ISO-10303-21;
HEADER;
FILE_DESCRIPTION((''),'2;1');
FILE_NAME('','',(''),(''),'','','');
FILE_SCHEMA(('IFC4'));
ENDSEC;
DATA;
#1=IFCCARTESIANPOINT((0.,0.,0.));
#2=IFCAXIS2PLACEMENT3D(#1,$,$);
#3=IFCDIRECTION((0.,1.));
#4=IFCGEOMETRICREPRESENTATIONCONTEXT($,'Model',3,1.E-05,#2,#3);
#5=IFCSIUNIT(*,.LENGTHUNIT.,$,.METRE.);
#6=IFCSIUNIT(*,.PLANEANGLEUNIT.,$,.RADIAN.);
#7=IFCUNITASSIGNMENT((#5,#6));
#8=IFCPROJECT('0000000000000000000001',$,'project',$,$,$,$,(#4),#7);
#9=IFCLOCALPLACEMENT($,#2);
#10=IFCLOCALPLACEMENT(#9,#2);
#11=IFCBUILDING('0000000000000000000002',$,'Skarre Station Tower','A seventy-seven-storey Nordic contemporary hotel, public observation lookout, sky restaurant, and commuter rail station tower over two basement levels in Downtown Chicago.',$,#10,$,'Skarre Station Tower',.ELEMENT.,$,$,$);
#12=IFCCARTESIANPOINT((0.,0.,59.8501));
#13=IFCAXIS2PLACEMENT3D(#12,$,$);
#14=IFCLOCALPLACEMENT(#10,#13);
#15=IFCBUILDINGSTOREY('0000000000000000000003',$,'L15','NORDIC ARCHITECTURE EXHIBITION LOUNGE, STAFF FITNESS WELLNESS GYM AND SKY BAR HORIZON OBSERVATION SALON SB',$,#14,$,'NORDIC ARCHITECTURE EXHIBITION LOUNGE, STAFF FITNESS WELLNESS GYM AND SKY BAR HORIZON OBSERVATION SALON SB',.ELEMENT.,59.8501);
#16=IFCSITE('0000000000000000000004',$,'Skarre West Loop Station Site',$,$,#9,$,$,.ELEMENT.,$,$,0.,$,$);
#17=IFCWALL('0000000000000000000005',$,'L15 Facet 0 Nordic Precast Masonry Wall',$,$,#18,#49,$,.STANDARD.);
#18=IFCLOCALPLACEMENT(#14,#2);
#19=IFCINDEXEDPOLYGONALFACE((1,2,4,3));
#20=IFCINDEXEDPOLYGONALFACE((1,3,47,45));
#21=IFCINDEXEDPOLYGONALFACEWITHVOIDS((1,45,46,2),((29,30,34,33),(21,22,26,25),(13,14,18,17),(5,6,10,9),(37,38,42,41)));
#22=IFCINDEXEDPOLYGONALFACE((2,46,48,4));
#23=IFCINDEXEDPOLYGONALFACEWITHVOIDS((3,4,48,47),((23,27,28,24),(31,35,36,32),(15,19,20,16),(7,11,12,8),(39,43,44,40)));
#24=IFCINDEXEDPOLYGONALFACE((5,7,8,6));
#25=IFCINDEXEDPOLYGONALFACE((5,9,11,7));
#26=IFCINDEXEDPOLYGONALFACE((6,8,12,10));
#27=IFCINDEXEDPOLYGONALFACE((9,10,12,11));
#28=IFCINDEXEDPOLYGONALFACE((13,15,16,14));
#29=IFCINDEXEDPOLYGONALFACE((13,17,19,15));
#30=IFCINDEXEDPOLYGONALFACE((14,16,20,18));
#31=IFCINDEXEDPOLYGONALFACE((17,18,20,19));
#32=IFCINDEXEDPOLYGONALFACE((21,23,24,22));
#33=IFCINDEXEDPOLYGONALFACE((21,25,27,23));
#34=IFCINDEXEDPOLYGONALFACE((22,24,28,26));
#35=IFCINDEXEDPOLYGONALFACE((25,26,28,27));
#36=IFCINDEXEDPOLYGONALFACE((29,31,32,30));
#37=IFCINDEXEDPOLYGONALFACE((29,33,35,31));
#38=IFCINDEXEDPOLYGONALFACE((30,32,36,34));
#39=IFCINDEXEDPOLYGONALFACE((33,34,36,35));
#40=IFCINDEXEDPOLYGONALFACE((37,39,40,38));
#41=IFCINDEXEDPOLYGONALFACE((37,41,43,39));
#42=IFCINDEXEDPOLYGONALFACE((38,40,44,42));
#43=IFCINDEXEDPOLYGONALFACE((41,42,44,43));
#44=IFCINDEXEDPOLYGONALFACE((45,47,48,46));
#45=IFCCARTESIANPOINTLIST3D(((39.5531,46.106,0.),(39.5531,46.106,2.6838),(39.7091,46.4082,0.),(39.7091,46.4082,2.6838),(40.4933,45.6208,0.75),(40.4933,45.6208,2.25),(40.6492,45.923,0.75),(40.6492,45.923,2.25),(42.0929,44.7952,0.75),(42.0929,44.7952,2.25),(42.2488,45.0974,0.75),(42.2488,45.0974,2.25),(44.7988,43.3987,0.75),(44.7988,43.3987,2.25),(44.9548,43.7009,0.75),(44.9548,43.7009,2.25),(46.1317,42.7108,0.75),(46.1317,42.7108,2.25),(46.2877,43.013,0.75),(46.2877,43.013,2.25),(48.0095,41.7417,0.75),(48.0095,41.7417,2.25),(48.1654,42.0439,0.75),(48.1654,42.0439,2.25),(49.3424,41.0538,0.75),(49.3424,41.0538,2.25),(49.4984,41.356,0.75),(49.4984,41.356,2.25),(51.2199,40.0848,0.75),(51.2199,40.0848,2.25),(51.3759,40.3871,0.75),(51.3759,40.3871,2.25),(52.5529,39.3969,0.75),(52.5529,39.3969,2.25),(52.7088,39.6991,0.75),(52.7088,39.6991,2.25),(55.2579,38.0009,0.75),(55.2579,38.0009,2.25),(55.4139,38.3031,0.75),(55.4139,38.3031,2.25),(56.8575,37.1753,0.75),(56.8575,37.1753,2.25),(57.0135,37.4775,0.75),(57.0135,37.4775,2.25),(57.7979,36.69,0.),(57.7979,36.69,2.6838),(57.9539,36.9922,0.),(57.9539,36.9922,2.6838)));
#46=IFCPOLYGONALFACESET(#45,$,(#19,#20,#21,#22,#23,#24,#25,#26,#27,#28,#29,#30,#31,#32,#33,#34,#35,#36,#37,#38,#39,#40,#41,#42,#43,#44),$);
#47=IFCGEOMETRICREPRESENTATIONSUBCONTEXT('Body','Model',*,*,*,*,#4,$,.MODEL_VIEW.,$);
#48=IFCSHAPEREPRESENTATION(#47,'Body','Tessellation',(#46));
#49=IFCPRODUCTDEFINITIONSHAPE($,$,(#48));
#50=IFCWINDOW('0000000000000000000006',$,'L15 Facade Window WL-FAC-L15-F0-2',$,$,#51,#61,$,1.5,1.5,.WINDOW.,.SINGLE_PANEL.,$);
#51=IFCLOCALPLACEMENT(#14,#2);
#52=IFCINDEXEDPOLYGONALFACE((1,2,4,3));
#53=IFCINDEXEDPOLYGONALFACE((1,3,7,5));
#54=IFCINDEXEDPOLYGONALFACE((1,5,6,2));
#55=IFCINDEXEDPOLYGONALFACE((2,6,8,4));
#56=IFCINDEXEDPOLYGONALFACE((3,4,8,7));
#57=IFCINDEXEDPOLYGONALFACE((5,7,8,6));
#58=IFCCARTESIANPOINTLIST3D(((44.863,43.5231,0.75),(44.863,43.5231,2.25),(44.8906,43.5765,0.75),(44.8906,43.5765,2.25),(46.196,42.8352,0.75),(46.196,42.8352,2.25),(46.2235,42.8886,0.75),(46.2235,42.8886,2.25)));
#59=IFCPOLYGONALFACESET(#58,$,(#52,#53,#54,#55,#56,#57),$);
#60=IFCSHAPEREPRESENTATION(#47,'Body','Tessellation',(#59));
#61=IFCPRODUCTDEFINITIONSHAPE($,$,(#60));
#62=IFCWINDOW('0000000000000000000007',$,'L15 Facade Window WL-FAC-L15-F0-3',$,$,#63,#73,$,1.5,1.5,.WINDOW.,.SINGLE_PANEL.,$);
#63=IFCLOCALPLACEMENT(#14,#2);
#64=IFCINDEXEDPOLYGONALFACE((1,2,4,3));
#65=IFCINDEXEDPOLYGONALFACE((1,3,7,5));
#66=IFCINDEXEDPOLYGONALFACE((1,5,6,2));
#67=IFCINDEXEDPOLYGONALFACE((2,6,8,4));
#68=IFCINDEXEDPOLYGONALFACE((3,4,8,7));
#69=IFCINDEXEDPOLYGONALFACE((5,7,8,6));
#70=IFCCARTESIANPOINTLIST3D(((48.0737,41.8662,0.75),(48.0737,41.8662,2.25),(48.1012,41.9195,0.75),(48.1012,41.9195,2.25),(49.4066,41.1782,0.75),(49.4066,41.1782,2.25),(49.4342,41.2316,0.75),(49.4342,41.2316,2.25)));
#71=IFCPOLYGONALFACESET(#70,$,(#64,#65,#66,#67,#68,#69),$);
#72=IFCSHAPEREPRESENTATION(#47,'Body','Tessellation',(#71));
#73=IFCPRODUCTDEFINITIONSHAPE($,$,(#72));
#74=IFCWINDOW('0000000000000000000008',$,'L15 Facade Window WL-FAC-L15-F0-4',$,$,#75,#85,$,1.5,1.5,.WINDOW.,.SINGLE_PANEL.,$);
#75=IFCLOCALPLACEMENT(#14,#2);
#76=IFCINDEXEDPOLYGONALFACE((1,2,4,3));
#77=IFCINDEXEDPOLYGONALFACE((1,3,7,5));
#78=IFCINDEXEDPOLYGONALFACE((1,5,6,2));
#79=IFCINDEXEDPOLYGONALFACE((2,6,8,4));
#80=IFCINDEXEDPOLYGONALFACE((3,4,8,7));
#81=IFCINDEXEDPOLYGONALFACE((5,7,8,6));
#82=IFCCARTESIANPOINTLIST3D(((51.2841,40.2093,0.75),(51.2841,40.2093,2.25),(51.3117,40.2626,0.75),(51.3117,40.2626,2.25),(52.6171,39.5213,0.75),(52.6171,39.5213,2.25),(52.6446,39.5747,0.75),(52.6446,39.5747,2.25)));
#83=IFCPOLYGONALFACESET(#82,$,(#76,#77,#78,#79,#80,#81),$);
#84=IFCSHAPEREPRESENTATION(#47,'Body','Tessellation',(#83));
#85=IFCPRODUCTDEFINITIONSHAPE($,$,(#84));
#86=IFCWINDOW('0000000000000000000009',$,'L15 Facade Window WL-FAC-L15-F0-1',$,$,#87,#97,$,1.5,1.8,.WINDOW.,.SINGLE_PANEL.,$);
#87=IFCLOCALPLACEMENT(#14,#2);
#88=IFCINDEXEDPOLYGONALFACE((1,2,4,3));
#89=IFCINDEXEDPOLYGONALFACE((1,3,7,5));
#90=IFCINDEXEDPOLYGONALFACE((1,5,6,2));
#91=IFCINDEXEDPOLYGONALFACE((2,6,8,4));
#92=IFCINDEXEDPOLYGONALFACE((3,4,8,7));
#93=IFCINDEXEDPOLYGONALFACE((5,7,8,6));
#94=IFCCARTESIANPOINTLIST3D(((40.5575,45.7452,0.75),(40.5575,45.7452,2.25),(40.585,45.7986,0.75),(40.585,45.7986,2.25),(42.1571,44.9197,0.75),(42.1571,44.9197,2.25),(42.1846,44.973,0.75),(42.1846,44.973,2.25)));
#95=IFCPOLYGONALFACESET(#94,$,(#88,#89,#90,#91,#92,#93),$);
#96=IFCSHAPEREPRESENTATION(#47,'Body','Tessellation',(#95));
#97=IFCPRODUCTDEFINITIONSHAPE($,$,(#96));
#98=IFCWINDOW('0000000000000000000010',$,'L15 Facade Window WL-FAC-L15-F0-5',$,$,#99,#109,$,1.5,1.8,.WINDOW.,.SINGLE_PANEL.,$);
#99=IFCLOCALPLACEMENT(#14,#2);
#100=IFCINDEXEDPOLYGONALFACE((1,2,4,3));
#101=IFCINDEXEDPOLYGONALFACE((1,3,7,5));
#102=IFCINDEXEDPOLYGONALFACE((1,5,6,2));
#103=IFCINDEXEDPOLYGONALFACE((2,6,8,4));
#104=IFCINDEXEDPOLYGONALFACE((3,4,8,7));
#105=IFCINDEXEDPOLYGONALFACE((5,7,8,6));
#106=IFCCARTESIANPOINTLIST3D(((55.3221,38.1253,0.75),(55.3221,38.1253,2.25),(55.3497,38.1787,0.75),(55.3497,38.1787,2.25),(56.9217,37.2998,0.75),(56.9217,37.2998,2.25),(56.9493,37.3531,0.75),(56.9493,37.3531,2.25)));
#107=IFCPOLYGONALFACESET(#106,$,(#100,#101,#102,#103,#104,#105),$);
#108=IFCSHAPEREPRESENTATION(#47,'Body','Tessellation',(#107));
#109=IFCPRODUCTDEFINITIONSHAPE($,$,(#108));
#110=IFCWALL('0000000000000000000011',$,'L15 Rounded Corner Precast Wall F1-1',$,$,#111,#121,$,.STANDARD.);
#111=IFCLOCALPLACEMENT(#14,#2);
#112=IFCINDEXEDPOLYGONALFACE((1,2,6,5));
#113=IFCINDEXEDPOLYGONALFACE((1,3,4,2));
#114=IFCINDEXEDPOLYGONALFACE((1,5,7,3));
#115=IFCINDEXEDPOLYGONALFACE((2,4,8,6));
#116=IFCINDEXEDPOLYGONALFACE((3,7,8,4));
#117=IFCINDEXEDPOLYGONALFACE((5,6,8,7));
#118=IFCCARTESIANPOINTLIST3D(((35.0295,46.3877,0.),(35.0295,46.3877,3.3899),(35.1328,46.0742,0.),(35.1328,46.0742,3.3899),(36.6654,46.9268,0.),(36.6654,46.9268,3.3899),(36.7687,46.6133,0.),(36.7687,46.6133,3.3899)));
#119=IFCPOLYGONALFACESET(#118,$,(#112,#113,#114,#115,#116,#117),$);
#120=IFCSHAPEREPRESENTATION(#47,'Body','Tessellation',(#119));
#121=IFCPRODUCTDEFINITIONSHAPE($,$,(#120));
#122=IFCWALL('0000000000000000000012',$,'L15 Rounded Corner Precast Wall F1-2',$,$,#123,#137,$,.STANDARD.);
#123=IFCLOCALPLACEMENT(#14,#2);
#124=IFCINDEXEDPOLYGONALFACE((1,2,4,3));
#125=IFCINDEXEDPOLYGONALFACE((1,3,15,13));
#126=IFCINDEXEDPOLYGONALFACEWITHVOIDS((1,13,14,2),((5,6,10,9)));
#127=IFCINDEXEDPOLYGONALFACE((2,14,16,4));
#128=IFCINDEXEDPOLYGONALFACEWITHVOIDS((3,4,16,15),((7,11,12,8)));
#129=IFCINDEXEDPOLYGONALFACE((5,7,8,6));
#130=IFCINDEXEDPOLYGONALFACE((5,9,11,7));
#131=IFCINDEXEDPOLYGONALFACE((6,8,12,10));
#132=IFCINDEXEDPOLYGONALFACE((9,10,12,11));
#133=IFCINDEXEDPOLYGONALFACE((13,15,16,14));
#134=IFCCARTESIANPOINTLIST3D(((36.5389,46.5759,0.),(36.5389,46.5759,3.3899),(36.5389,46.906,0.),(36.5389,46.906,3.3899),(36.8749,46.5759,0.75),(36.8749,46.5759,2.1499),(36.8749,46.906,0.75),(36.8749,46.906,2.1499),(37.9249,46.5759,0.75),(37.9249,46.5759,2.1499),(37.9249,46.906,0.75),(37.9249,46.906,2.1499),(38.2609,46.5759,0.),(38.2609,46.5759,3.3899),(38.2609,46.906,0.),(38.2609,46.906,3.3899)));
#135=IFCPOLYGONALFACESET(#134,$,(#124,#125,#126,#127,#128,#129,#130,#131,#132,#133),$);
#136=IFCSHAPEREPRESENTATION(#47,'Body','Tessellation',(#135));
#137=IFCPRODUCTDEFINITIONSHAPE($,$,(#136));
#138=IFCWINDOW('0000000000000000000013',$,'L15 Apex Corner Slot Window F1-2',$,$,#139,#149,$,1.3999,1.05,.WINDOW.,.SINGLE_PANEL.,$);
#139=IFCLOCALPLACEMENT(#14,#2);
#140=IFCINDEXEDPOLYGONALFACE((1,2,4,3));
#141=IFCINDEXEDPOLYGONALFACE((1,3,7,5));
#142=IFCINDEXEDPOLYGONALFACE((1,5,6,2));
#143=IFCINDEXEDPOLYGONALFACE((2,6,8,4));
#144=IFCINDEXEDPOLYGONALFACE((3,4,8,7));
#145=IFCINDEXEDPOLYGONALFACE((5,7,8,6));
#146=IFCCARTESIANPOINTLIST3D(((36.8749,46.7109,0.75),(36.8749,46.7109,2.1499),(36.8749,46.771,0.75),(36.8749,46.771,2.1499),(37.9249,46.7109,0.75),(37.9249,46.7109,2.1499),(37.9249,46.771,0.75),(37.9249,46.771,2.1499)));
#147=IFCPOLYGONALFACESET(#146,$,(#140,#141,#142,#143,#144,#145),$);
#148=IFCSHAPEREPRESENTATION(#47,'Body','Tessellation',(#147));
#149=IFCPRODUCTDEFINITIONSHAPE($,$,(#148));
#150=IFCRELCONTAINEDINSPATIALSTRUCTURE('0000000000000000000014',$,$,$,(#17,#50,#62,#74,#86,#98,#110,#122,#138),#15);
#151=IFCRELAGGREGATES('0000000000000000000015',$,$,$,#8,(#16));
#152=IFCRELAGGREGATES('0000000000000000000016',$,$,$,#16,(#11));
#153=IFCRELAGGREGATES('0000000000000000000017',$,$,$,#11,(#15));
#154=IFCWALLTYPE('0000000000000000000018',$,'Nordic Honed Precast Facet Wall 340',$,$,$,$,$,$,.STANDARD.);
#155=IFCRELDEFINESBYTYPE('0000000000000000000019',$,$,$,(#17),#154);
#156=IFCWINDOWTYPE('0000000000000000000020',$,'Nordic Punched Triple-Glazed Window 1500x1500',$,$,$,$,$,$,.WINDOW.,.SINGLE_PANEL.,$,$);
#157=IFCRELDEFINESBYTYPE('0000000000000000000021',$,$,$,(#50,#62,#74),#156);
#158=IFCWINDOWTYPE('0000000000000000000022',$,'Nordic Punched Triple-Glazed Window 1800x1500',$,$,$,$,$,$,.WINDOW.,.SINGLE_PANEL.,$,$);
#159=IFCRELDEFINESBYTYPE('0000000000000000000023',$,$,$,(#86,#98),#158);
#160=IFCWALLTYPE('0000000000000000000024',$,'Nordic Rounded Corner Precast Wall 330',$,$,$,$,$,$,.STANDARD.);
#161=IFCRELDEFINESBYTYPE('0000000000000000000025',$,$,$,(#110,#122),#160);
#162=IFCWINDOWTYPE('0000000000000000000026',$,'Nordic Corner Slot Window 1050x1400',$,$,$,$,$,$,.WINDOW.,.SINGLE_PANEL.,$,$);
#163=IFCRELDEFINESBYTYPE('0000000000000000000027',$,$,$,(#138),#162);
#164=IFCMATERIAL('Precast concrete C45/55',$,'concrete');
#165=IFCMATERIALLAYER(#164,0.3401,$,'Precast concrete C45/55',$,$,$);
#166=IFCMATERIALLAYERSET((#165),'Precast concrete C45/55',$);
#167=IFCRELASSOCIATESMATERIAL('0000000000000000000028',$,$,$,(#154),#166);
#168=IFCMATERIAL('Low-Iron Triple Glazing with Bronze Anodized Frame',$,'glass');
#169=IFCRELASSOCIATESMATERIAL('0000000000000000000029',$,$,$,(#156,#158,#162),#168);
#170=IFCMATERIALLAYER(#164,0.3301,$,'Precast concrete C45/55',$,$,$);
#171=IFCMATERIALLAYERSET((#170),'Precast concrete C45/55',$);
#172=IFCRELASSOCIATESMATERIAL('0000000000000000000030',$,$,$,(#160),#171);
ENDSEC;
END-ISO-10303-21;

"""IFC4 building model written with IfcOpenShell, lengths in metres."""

from ifc_helpers import new_model, si_unit, direction, frame, frame_2d, origin, place, context, subcontext, project, spatial, rectangle, extrude, material, layer, layer_set, type_object, element, fill, save


model = new_model("IFC4")

# Units and contexts
model_context = context("Model", 3, precision=1e-05, world=origin(), true_north=direction((0.0, 1.0)))
body_context = subcontext(model_context, "Body", "Model", "MODEL_VIEW")
ifc_project = project(units=[si_unit("LENGTHUNIT", "METRE"), si_unit("PLANEANGLEUNIT", "RADIAN")], contexts=[model_context])

# Site, building, storey
site_placement = place(None, origin())
site = spatial("IfcSite", under=ifc_project, at=site_placement, Name="Skarre West Loop Station Site", CompositionType="ELEMENT", RefElevation=0.0)
building_placement = place(site_placement, origin())
building = spatial("IfcBuilding", under=site, at=building_placement, Name="Skarre Station Tower", Description="A seventy-seven-storey Nordic contemporary hotel, public observation lookout, sky restaurant, and commuter rail station tower over two basement levels in Downtown Chicago.", LongName="Skarre Station Tower", CompositionType="ELEMENT")
storey_placement = place(building_placement, frame((0.0, 0.0, 59.8501)))
storey = spatial("IfcBuildingStorey", under=building, at=storey_placement, Name="L15", Description="NORDIC ARCHITECTURE EXHIBITION LOUNGE, STAFF FITNESS WELLNESS GYM AND SKY BAR HORIZON OBSERVATION SALON SB", LongName="NORDIC ARCHITECTURE EXHIBITION LOUNGE, STAFF FITNESS WELLNESS GYM AND SKY BAR HORIZON OBSERVATION SALON SB", CompositionType="ELEMENT", Elevation=59.8501)

# Wall, openings, windows
ifc_material_1 = material(Name="Precast concrete C45/55", Category="concrete")
ifc_layer_1 = layer(ifc_material_1, 0.3401, Name="Precast concrete C45/55")
ifc_layer_set_1 = layer_set([ifc_layer_1], Name="Precast concrete C45/55")
wall_type_1 = type_object("IfcWallType", Name="Nordic Honed Precast Facet Wall 340", PredefinedType="STANDARD", material=ifc_layer_set_1)
wall_1_placement = place(storey_placement, frame((39.6311, 46.2571, 0.0), z_axis=(0.0, 0.0, 1.0), x_axis=(0.888634, -0.458616, 0.0)))
wall_1 = element("IfcWall", 1, at=wall_1_placement, inside=storey, type_object=wall_type_1, Name="L15 Facet 0 Nordic Precast Masonry Wall", PredefinedType="STANDARD", context=body_context, shape_type="SweptSolid", body=[
    extrude(rectangle(XDim=20.5312, YDim=0.3401, at=frame_2d((10.2656, 0.0))), origin(), (0.0, 0.0, 1.0), 2.6838),
])
opening_1_placement = place(wall_1_placement, frame((1.0581, 0.0, 0.75)))
opening_1 = element("IfcOpeningElement", 2, at=opening_1_placement, cuts=wall_1, PredefinedType="OPENING", context=body_context, shape_type="SweptSolid", body=[
    extrude(rectangle(XDim=1.8, YDim=1.5, at=frame_2d((0.8999, 0.75))), frame((0.0, 0.1799, 0.0), z_axis=(0.0, -1.0, 0.0), x_axis=(1.0, 0.0, 0.0)), (0.0, 0.0, 1.0), 0.3601),
])
opening_2_placement = place(wall_1_placement, frame((5.9031, 0.0, 0.75)))
opening_2 = element("IfcOpeningElement", 3, at=opening_2_placement, cuts=wall_1, PredefinedType="OPENING", context=body_context, shape_type="SweptSolid", body=[
    extrude(rectangle(XDim=1.5, YDim=1.5, at=frame_2d((0.75, 0.75))), frame((0.0, 0.1799, 0.0), z_axis=(0.0, -1.0, 0.0), x_axis=(1.0, 0.0, 0.0)), (0.0, 0.0, 1.0), 0.3601),
])
opening_3_placement = place(wall_1_placement, frame((9.5161, 0.0, 0.75)))
opening_3 = element("IfcOpeningElement", 4, at=opening_3_placement, cuts=wall_1, PredefinedType="OPENING", context=body_context, shape_type="SweptSolid", body=[
    extrude(rectangle(XDim=1.5, YDim=1.5, at=frame_2d((0.75, 0.75))), frame((0.0, 0.1799, 0.0), z_axis=(0.0, -1.0, 0.0), x_axis=(1.0, 0.0, 0.0)), (0.0, 0.0, 1.0), 0.3601),
])
opening_4_placement = place(wall_1_placement, frame((13.1289, 0.0, 0.75)))
opening_4 = element("IfcOpeningElement", 5, at=opening_4_placement, cuts=wall_1, PredefinedType="OPENING", context=body_context, shape_type="SweptSolid", body=[
    extrude(rectangle(XDim=1.5, YDim=1.5, at=frame_2d((0.75, 0.75))), frame((0.0, 0.1799, 0.0), z_axis=(0.0, -1.0, 0.0), x_axis=(1.0, 0.0, 0.0)), (0.0, 0.0, 1.0), 0.3601),
])
opening_5_placement = place(wall_1_placement, frame((17.6731, 0.0, 0.75)))
opening_5 = element("IfcOpeningElement", 6, at=opening_5_placement, cuts=wall_1, PredefinedType="OPENING", context=body_context, shape_type="SweptSolid", body=[
    extrude(rectangle(XDim=1.8, YDim=1.5, at=frame_2d((0.8999, 0.75))), frame((0.0, 0.1799, 0.0), z_axis=(0.0, -1.0, 0.0), x_axis=(1.0, 0.0, 0.0)), (0.0, 0.0, 1.0), 0.3601),
])
ifc_material_2 = material(Name="Low-Iron Triple Glazing with Bronze Anodized Frame", Category="glass")
window_type_1 = type_object("IfcWindowType", Name="Nordic Punched Triple-Glazed Window 1500x1500", PartitioningType="SINGLE_PANEL", PredefinedType="WINDOW", material=ifc_material_2)
window_1_placement = place(opening_2_placement, origin())
window_1 = element("IfcWindow", 7, at=window_1_placement, inside=storey, type_object=window_type_1, Name="L15 Facade Window WL-FAC-L15-F0-2", OverallHeight=1.5, OverallWidth=1.5, PartitioningType="SINGLE_PANEL", PredefinedType="WINDOW", context=body_context, shape_type="SweptSolid", body=[
    extrude(rectangle(XDim=1.5, YDim=1.5, at=frame_2d((0.75, 0.75))), frame((0.0, 0.03, 0.0), z_axis=(0.0, -1.0, 0.0), x_axis=(1.0, 0.0, 0.0)), (0.0, 0.0, 1.0), 0.0601),
])
fill(opening_2, window_1)
window_2_placement = place(opening_3_placement, origin())
window_2 = element("IfcWindow", 8, at=window_2_placement, inside=storey, type_object=window_type_1, Name="L15 Facade Window WL-FAC-L15-F0-3", OverallHeight=1.5, OverallWidth=1.5, PartitioningType="SINGLE_PANEL", PredefinedType="WINDOW", context=body_context, shape_type="SweptSolid", body=[
    extrude(rectangle(XDim=1.5, YDim=1.5, at=frame_2d((0.75, 0.75))), frame((0.0, 0.03, 0.0), z_axis=(0.0, -1.0, 0.0), x_axis=(1.0, 0.0, 0.0)), (0.0, 0.0, 1.0), 0.0601),
])
fill(opening_3, window_2)
window_3_placement = place(opening_4_placement, origin())
window_3 = element("IfcWindow", 9, at=window_3_placement, inside=storey, type_object=window_type_1, Name="L15 Facade Window WL-FAC-L15-F0-4", OverallHeight=1.5, OverallWidth=1.5, PartitioningType="SINGLE_PANEL", PredefinedType="WINDOW", context=body_context, shape_type="SweptSolid", body=[
    extrude(rectangle(XDim=1.5, YDim=1.5, at=frame_2d((0.75, 0.75))), frame((0.0, 0.03, 0.0), z_axis=(0.0, -1.0, 0.0), x_axis=(1.0, 0.0, 0.0)), (0.0, 0.0, 1.0), 0.0601),
])
fill(opening_4, window_3)
window_type_2 = type_object("IfcWindowType", Name="Nordic Punched Triple-Glazed Window 1800x1500", PartitioningType="SINGLE_PANEL", PredefinedType="WINDOW", material=ifc_material_2)
window_4_placement = place(opening_1_placement, origin())
window_4 = element("IfcWindow", 10, at=window_4_placement, inside=storey, type_object=window_type_2, Name="L15 Facade Window WL-FAC-L15-F0-1", OverallHeight=1.5, OverallWidth=1.8, PartitioningType="SINGLE_PANEL", PredefinedType="WINDOW", context=body_context, shape_type="SweptSolid", body=[
    extrude(rectangle(XDim=1.8, YDim=1.5, at=frame_2d((0.8999, 0.75))), frame((0.0, 0.03, 0.0), z_axis=(0.0, -1.0, 0.0), x_axis=(1.0, 0.0, 0.0)), (0.0, 0.0, 1.0), 0.0601),
])
fill(opening_1, window_4)
window_5_placement = place(opening_5_placement, origin())
window_5 = element("IfcWindow", 11, at=window_5_placement, inside=storey, type_object=window_type_2, Name="L15 Facade Window WL-FAC-L15-F0-5", OverallHeight=1.5, OverallWidth=1.8, PartitioningType="SINGLE_PANEL", PredefinedType="WINDOW", context=body_context, shape_type="SweptSolid", body=[
    extrude(rectangle(XDim=1.8, YDim=1.5, at=frame_2d((0.8999, 0.75))), frame((0.0, 0.03, 0.0), z_axis=(0.0, -1.0, 0.0), x_axis=(1.0, 0.0, 0.0)), (0.0, 0.0, 1.0), 0.0601),
])
fill(opening_5, window_5)

# Wall
ifc_layer_2 = layer(ifc_material_1, 0.3301, Name="Precast concrete C45/55")
ifc_layer_set_2 = layer_set([ifc_layer_2], Name="Precast concrete C45/55")
wall_type_2 = type_object("IfcWallType", Name="Nordic Rounded Corner Precast Wall 330", PredefinedType="STANDARD", material=ifc_layer_set_2)
wall_2_placement = place(storey_placement, frame((35.0811, 46.231, 0.0), z_axis=(0.0, 0.0, 1.0), x_axis=(0.949769, 0.312952, 0.0)))
element("IfcWall", 12, at=wall_2_placement, inside=storey, type_object=wall_type_2, Name="L15 Rounded Corner Precast Wall F1-1", PredefinedType="STANDARD", context=body_context, shape_type="SweptSolid", body=[
    extrude(rectangle(XDim=1.7224, YDim=0.3301, at=frame_2d((0.8613, 0.0))), origin(), (0.0, 0.0, 1.0), 3.3899),
])

# Wall, opening, window
wall_3_placement = place(storey_placement, frame((36.5391, 46.741, 0.0), z_axis=(0.0, 0.0, 1.0), x_axis=(1.0, 0.0, 0.0)))
wall_3 = element("IfcWall", 13, at=wall_3_placement, inside=storey, type_object=wall_type_2, Name="L15 Rounded Corner Precast Wall F1-2", PredefinedType="STANDARD", context=body_context, shape_type="SweptSolid", body=[
    extrude(rectangle(XDim=1.7219, YDim=0.3301, at=frame_2d((0.8608, 0.0))), origin(), (0.0, 0.0, 1.0), 3.3899),
])
opening_6_placement = place(wall_3_placement, frame((0.3359, 0.0, 0.75)))
opening_6 = element("IfcOpeningElement", 14, at=opening_6_placement, cuts=wall_3, PredefinedType="OPENING", context=body_context, shape_type="SweptSolid", body=[
    extrude(rectangle(XDim=1.05, YDim=1.3999, at=frame_2d((0.5249, 0.7))), frame((0.0, 0.175, 0.0), z_axis=(0.0, -1.0, 0.0), x_axis=(1.0, 0.0, 0.0)), (0.0, 0.0, 1.0), 0.3501),
])
window_type_3 = type_object("IfcWindowType", Name="Nordic Corner Slot Window 1050x1400", PartitioningType="SINGLE_PANEL", PredefinedType="WINDOW", material=ifc_material_2)
window_6_placement = place(opening_6_placement, origin())
window_6 = element("IfcWindow", 15, at=window_6_placement, inside=storey, type_object=window_type_3, Name="L15 Apex Corner Slot Window F1-2", OverallHeight=1.3999, OverallWidth=1.05, PartitioningType="SINGLE_PANEL", PredefinedType="WINDOW", context=body_context, shape_type="SweptSolid", body=[
    extrude(rectangle(XDim=1.05, YDim=1.3999, at=frame_2d((0.5249, 0.7))), frame((0.0, 0.03, 0.0), z_axis=(0.0, -1.0, 0.0), x_axis=(1.0, 0.0, 0.0)), (0.0, 0.0, 1.0), 0.0601),
])
fill(opening_6, window_6)

save(model, "model.ifc")
